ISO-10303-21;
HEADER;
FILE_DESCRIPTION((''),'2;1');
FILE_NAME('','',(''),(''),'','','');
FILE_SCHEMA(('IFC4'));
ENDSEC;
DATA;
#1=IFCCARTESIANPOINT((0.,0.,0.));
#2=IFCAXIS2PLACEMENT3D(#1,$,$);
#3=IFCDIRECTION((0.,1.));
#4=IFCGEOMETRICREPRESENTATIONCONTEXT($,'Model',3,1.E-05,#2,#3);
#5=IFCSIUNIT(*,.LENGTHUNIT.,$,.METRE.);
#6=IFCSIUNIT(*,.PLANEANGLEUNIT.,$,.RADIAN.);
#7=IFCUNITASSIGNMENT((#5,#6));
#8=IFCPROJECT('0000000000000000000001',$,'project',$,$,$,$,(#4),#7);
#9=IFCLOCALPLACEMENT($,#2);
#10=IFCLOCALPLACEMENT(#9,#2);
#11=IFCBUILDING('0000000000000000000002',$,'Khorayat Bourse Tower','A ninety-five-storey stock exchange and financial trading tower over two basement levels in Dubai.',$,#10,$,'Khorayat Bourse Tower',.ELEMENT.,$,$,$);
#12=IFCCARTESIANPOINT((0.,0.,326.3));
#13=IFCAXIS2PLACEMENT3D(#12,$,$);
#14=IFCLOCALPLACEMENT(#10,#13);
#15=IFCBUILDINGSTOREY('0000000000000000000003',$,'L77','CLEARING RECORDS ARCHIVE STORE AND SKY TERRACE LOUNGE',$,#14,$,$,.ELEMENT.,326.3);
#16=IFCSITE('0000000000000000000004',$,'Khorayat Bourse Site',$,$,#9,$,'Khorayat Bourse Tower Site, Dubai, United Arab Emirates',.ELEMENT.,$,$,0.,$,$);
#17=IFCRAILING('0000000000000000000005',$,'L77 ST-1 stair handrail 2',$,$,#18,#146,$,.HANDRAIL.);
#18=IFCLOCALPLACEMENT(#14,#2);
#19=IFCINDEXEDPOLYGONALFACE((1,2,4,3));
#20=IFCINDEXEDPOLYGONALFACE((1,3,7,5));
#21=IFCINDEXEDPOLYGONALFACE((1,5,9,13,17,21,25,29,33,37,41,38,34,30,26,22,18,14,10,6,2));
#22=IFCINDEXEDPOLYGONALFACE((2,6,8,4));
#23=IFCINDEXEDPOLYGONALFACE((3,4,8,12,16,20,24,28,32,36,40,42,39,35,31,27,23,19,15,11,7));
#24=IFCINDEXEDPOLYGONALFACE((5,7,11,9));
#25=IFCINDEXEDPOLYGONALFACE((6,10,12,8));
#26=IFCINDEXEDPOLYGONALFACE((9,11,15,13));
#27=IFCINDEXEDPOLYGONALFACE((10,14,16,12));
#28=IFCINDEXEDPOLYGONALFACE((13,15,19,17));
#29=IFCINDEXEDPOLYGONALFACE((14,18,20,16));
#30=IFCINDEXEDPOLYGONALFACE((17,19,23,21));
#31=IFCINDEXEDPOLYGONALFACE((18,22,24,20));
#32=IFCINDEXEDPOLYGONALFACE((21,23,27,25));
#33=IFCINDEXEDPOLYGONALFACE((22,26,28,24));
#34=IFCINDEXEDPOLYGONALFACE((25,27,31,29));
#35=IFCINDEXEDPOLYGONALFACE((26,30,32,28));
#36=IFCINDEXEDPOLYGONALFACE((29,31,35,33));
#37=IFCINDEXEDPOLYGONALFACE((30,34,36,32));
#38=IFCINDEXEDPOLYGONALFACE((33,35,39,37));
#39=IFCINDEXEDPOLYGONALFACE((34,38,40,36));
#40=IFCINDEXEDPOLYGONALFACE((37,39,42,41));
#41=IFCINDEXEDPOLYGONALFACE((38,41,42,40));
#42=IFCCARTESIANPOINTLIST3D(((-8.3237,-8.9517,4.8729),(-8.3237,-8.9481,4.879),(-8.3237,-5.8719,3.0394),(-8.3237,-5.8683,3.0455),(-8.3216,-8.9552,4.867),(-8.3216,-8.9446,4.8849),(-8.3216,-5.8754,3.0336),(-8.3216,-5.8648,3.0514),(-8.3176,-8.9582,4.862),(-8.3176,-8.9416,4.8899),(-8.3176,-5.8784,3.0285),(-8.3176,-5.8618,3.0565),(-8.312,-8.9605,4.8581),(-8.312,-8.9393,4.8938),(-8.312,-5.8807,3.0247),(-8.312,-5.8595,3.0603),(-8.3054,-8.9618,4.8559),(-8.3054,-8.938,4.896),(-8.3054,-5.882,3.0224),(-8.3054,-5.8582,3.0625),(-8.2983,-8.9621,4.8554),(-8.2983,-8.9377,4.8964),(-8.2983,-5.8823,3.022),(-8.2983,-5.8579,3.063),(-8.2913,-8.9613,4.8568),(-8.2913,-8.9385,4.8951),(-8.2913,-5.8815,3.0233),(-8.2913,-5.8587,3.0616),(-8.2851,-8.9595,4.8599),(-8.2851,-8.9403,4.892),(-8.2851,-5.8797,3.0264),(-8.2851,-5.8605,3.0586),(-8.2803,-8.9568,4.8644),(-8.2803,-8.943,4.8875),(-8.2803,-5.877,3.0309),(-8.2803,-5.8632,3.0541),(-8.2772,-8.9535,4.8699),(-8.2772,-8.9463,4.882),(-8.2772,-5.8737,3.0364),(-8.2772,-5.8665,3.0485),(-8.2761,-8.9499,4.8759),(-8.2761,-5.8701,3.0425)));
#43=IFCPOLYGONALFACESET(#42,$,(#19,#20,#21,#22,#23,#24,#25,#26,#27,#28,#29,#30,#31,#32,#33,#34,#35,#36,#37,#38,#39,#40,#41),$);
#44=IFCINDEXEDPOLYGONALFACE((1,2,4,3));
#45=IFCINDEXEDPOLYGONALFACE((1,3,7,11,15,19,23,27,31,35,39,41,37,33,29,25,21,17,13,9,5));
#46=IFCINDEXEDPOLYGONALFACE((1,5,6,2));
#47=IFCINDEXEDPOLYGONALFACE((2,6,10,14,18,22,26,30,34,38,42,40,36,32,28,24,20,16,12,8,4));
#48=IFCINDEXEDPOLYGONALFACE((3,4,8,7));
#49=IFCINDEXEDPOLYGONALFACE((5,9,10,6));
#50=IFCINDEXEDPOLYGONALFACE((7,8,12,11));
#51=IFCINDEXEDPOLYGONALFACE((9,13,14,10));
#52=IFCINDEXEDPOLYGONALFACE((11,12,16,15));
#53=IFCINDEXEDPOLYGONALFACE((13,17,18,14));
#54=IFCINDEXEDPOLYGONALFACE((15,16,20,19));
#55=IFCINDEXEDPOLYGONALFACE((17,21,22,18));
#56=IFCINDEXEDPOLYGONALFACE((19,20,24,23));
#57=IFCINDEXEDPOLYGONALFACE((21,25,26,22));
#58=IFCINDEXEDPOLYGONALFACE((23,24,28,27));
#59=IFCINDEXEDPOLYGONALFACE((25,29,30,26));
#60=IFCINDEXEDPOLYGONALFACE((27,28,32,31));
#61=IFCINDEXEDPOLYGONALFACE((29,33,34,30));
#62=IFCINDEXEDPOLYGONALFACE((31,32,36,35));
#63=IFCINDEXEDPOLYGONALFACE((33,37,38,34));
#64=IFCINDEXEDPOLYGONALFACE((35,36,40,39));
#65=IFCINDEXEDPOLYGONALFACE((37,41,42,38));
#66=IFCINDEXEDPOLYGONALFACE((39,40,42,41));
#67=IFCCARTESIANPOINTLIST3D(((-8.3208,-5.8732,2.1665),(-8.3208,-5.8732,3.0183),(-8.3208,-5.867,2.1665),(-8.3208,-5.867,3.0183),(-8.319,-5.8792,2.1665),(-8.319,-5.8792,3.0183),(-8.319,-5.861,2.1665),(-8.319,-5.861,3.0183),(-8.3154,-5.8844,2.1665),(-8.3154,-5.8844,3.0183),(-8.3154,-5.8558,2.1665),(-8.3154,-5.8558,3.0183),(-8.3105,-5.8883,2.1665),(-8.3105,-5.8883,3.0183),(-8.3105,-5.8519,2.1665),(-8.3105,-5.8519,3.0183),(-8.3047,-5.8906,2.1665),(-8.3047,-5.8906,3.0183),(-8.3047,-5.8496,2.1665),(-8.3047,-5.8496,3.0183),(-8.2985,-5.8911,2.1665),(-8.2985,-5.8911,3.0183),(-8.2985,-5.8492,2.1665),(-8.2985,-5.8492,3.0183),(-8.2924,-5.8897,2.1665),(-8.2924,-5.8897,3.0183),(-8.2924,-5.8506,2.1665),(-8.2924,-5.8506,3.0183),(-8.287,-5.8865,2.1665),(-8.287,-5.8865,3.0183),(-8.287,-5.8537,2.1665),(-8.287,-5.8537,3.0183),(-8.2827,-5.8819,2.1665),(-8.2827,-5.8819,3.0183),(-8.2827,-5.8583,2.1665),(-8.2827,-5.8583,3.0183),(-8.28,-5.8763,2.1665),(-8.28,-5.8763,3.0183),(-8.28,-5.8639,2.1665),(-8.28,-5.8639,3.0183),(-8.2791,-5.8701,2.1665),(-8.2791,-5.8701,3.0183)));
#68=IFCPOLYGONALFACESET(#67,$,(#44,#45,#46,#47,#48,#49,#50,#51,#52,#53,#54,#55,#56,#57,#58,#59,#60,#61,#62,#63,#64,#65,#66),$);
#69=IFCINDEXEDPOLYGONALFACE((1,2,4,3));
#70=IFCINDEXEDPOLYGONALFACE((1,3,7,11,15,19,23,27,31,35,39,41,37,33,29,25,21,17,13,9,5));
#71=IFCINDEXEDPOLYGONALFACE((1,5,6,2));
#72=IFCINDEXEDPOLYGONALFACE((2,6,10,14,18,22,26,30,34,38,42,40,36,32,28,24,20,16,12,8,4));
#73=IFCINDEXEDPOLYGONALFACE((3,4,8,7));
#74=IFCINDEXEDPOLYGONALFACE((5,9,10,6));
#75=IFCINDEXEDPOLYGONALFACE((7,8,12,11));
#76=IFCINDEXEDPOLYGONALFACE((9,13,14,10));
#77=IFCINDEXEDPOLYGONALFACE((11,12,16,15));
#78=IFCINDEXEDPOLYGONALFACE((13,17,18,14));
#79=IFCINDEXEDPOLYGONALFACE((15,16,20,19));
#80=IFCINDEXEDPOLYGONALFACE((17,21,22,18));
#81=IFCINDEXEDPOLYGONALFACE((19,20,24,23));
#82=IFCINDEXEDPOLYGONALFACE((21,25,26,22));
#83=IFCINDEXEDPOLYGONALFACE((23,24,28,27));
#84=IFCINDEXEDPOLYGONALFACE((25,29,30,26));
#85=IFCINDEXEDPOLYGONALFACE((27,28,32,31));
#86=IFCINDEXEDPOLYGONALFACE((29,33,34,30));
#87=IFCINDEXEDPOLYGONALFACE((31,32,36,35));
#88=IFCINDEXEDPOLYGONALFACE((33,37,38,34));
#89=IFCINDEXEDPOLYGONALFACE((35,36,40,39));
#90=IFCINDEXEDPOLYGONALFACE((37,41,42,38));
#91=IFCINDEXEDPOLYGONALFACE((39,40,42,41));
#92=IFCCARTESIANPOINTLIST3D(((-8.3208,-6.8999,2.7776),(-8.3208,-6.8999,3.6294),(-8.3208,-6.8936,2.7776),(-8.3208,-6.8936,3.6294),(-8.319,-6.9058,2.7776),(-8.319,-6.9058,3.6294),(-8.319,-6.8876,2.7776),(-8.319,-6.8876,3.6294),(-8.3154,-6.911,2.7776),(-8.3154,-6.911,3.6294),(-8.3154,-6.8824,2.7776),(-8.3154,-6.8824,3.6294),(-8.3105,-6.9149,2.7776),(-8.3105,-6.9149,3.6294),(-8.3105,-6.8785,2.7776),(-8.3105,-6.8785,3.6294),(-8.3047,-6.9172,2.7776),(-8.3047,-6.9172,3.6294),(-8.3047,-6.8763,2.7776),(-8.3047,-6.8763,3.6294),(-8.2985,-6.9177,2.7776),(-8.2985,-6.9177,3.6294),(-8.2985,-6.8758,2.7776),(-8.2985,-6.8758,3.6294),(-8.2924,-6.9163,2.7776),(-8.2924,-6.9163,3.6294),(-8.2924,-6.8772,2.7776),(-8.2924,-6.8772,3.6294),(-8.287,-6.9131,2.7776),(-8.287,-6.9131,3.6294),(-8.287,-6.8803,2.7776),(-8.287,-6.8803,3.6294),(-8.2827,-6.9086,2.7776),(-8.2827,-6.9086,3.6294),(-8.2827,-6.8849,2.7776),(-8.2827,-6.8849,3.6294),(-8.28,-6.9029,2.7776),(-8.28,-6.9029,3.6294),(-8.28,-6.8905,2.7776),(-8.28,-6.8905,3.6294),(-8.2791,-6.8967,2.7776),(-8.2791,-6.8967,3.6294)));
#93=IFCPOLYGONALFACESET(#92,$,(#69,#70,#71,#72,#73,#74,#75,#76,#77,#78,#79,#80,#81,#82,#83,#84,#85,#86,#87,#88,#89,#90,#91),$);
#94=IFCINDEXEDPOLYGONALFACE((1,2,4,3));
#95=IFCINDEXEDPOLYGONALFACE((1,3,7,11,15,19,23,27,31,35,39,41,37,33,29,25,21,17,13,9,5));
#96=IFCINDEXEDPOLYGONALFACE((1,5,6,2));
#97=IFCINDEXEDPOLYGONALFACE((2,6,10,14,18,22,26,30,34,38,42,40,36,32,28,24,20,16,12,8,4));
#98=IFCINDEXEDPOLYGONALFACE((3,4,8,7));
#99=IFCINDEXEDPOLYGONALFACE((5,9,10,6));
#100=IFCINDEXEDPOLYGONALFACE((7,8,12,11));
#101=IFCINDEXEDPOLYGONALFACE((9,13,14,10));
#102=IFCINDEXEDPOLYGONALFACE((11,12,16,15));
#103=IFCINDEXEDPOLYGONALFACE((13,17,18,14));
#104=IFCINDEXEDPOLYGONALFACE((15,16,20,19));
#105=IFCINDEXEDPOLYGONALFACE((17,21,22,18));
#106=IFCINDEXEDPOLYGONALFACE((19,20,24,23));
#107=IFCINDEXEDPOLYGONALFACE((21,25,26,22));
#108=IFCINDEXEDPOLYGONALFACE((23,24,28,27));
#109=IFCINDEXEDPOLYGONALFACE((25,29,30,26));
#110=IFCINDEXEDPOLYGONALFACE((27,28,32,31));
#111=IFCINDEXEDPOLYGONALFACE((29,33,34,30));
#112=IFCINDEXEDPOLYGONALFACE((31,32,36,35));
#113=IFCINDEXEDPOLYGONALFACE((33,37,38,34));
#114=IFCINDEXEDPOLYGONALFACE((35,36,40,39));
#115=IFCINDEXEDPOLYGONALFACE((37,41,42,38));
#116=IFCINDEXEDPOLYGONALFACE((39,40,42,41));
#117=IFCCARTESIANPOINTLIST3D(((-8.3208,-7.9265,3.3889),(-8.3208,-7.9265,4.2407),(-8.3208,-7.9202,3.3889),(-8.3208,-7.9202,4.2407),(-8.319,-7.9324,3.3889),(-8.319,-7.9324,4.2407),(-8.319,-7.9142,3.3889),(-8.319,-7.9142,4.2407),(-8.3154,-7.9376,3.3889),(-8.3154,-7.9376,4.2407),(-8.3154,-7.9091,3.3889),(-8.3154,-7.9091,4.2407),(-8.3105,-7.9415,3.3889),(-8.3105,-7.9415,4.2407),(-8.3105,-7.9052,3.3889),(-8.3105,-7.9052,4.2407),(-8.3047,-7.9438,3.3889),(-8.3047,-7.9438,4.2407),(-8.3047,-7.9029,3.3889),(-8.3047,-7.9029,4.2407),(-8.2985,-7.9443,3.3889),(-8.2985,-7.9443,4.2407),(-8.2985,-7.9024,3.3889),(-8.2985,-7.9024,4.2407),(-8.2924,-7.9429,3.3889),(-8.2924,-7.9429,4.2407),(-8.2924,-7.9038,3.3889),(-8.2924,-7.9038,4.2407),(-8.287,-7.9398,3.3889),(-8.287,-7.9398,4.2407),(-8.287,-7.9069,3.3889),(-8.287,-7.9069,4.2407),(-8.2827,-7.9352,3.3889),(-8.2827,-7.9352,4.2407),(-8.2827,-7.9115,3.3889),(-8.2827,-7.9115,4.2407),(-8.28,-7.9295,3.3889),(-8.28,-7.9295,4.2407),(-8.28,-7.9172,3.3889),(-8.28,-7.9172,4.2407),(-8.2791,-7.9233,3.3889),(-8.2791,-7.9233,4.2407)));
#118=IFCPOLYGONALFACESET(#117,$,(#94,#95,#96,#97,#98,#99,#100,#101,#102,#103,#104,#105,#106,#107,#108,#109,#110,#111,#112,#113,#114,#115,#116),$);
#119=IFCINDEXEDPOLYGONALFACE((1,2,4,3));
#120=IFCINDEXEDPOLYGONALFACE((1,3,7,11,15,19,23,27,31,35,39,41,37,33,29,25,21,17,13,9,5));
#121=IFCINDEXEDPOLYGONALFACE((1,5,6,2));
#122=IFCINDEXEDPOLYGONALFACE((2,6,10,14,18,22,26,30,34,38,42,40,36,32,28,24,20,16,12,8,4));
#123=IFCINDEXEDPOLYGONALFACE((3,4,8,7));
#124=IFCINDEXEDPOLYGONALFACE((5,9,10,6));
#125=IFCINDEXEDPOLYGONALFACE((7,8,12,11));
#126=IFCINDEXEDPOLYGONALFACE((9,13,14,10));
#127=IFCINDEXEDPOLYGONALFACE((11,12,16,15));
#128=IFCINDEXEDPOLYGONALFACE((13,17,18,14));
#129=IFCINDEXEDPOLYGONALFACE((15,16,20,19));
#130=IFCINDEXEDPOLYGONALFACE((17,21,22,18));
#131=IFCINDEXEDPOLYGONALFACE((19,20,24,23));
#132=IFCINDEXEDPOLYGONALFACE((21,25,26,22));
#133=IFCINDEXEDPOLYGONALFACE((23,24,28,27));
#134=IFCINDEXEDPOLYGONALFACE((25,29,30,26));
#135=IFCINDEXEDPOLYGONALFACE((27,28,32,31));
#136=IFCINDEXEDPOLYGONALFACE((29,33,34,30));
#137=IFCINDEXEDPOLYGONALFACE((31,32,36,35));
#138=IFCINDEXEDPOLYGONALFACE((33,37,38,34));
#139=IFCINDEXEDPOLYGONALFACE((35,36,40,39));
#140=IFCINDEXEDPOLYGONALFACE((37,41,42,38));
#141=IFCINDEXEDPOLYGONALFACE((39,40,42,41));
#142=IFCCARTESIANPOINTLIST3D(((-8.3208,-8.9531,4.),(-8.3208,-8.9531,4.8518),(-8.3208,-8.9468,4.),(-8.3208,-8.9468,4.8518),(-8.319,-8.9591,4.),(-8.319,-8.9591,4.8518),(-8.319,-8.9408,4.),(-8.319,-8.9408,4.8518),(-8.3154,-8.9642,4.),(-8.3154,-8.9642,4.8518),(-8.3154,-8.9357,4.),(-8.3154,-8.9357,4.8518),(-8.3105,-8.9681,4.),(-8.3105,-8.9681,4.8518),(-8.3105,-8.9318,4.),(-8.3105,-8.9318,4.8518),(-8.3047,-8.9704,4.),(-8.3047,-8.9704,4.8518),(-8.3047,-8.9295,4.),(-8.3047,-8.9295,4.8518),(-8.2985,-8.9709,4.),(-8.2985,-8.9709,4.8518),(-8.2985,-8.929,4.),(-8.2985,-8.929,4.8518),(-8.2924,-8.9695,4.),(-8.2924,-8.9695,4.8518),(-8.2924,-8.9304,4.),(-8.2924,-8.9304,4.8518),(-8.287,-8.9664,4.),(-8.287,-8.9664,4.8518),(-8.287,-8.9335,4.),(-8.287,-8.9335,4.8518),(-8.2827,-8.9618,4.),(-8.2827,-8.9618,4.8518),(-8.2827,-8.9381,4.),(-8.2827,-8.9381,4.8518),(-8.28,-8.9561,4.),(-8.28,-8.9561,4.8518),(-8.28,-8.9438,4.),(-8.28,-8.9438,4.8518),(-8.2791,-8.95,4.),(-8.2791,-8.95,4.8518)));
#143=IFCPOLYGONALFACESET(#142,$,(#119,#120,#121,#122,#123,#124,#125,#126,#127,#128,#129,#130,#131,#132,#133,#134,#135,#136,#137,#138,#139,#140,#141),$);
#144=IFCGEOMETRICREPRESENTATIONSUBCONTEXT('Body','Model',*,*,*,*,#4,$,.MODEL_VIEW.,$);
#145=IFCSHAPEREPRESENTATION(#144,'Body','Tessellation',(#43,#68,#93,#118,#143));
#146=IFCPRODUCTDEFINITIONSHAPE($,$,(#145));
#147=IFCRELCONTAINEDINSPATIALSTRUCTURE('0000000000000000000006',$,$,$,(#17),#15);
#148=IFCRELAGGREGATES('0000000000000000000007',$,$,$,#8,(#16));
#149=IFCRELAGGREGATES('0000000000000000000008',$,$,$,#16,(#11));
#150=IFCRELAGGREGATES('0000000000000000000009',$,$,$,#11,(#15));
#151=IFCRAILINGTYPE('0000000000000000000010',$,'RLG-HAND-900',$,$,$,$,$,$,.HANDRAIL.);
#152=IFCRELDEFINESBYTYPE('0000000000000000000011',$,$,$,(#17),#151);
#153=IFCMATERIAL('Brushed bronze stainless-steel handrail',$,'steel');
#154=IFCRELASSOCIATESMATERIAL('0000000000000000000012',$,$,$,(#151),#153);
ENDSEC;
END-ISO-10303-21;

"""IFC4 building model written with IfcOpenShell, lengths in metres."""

from ifc_helpers import new_model, si_unit, direction, frame, origin, origin_2d, place, context, subcontext, project, spatial, circle, extrude, source, transform, mapped, material, type_object, element, save


model = new_model("IFC4")

# Units and contexts
model_context = context("Model", 3, precision=1e-05, world=origin(), true_north=direction((0.0, 1.0)))
body_context = subcontext(model_context, "Body", "Model", "MODEL_VIEW")
ifc_project = project(units=[si_unit("LENGTHUNIT", "METRE"), si_unit("PLANEANGLEUNIT", "RADIAN")], contexts=[model_context])

# Site, building, storey
site_placement = place(None, origin())
site = spatial("IfcSite", under=ifc_project, at=site_placement, Name="Khorayat Bourse Site", LongName="Khorayat Bourse Tower Site, Dubai, United Arab Emirates", CompositionType="ELEMENT", RefElevation=0.0)
building_placement = place(site_placement, origin())
building = spatial("IfcBuilding", under=site, at=building_placement, Name="Khorayat Bourse Tower", Description="A ninety-five-storey stock exchange and financial trading tower over two basement levels in Dubai.", LongName="Khorayat Bourse Tower", CompositionType="ELEMENT")
storey_placement = place(building_placement, frame((0.0, 0.0, 326.3)))
storey = spatial("IfcBuildingStorey", under=building, at=storey_placement, Name="L77", Description="CLEARING RECORDS ARCHIVE STORE AND SKY TERRACE LOUNGE", CompositionType="ELEMENT", Elevation=326.3)

# Railing
ifc_material_1 = material(Name="Brushed bronze stainless-steel handrail", Category="steel")
railing_type_1 = type_object("IfcRailingType", Name="RLG-HAND-900", PredefinedType="HANDRAIL", material=ifc_material_1)
shared_shape_1 = source(origin(), body_context, "Body", "SweptSolid", [
    extrude(circle(Radius=0.0239, at=origin_2d()), frame((0.0, 0.0, 0.876), z_axis=(0.0, -0.859261, 0.511538), x_axis=(1.0, 0.0, 0.0)), (0.0, 0.0, 1.0), 3.5842),
    extrude(circle(Radius=0.021, at=origin_2d()), origin(), (0.0, 0.0, 1.0), 0.8518),
    extrude(circle(Radius=0.021, at=origin_2d()), frame((0.0, -1.0266, 0.6111)), (0.0, 0.0, 1.0), 0.8518),
    extrude(circle(Radius=0.021, at=origin_2d()), frame((0.0, -2.0532, 1.2224)), (0.0, 0.0, 1.0), 0.8518),
    extrude(circle(Radius=0.021, at=origin_2d()), frame((0.0, -3.0798, 1.8335)), (0.0, 0.0, 1.0), 0.8518),
])
railing_1_placement = place(storey_placement, frame((-8.3, -5.8701, 2.1665)))
element("IfcRailing", 1, at=railing_1_placement, inside=storey, type_object=railing_type_1, Name="L77 ST-1 stair handrail 2", PredefinedType="HANDRAIL", context=body_context, shape_type="MappedRepresentation", body=[
    mapped(shared_shape_1, transform((0.0, 0.0, 0.0), scale=1.0)),
])

save(model, "model.ifc")
